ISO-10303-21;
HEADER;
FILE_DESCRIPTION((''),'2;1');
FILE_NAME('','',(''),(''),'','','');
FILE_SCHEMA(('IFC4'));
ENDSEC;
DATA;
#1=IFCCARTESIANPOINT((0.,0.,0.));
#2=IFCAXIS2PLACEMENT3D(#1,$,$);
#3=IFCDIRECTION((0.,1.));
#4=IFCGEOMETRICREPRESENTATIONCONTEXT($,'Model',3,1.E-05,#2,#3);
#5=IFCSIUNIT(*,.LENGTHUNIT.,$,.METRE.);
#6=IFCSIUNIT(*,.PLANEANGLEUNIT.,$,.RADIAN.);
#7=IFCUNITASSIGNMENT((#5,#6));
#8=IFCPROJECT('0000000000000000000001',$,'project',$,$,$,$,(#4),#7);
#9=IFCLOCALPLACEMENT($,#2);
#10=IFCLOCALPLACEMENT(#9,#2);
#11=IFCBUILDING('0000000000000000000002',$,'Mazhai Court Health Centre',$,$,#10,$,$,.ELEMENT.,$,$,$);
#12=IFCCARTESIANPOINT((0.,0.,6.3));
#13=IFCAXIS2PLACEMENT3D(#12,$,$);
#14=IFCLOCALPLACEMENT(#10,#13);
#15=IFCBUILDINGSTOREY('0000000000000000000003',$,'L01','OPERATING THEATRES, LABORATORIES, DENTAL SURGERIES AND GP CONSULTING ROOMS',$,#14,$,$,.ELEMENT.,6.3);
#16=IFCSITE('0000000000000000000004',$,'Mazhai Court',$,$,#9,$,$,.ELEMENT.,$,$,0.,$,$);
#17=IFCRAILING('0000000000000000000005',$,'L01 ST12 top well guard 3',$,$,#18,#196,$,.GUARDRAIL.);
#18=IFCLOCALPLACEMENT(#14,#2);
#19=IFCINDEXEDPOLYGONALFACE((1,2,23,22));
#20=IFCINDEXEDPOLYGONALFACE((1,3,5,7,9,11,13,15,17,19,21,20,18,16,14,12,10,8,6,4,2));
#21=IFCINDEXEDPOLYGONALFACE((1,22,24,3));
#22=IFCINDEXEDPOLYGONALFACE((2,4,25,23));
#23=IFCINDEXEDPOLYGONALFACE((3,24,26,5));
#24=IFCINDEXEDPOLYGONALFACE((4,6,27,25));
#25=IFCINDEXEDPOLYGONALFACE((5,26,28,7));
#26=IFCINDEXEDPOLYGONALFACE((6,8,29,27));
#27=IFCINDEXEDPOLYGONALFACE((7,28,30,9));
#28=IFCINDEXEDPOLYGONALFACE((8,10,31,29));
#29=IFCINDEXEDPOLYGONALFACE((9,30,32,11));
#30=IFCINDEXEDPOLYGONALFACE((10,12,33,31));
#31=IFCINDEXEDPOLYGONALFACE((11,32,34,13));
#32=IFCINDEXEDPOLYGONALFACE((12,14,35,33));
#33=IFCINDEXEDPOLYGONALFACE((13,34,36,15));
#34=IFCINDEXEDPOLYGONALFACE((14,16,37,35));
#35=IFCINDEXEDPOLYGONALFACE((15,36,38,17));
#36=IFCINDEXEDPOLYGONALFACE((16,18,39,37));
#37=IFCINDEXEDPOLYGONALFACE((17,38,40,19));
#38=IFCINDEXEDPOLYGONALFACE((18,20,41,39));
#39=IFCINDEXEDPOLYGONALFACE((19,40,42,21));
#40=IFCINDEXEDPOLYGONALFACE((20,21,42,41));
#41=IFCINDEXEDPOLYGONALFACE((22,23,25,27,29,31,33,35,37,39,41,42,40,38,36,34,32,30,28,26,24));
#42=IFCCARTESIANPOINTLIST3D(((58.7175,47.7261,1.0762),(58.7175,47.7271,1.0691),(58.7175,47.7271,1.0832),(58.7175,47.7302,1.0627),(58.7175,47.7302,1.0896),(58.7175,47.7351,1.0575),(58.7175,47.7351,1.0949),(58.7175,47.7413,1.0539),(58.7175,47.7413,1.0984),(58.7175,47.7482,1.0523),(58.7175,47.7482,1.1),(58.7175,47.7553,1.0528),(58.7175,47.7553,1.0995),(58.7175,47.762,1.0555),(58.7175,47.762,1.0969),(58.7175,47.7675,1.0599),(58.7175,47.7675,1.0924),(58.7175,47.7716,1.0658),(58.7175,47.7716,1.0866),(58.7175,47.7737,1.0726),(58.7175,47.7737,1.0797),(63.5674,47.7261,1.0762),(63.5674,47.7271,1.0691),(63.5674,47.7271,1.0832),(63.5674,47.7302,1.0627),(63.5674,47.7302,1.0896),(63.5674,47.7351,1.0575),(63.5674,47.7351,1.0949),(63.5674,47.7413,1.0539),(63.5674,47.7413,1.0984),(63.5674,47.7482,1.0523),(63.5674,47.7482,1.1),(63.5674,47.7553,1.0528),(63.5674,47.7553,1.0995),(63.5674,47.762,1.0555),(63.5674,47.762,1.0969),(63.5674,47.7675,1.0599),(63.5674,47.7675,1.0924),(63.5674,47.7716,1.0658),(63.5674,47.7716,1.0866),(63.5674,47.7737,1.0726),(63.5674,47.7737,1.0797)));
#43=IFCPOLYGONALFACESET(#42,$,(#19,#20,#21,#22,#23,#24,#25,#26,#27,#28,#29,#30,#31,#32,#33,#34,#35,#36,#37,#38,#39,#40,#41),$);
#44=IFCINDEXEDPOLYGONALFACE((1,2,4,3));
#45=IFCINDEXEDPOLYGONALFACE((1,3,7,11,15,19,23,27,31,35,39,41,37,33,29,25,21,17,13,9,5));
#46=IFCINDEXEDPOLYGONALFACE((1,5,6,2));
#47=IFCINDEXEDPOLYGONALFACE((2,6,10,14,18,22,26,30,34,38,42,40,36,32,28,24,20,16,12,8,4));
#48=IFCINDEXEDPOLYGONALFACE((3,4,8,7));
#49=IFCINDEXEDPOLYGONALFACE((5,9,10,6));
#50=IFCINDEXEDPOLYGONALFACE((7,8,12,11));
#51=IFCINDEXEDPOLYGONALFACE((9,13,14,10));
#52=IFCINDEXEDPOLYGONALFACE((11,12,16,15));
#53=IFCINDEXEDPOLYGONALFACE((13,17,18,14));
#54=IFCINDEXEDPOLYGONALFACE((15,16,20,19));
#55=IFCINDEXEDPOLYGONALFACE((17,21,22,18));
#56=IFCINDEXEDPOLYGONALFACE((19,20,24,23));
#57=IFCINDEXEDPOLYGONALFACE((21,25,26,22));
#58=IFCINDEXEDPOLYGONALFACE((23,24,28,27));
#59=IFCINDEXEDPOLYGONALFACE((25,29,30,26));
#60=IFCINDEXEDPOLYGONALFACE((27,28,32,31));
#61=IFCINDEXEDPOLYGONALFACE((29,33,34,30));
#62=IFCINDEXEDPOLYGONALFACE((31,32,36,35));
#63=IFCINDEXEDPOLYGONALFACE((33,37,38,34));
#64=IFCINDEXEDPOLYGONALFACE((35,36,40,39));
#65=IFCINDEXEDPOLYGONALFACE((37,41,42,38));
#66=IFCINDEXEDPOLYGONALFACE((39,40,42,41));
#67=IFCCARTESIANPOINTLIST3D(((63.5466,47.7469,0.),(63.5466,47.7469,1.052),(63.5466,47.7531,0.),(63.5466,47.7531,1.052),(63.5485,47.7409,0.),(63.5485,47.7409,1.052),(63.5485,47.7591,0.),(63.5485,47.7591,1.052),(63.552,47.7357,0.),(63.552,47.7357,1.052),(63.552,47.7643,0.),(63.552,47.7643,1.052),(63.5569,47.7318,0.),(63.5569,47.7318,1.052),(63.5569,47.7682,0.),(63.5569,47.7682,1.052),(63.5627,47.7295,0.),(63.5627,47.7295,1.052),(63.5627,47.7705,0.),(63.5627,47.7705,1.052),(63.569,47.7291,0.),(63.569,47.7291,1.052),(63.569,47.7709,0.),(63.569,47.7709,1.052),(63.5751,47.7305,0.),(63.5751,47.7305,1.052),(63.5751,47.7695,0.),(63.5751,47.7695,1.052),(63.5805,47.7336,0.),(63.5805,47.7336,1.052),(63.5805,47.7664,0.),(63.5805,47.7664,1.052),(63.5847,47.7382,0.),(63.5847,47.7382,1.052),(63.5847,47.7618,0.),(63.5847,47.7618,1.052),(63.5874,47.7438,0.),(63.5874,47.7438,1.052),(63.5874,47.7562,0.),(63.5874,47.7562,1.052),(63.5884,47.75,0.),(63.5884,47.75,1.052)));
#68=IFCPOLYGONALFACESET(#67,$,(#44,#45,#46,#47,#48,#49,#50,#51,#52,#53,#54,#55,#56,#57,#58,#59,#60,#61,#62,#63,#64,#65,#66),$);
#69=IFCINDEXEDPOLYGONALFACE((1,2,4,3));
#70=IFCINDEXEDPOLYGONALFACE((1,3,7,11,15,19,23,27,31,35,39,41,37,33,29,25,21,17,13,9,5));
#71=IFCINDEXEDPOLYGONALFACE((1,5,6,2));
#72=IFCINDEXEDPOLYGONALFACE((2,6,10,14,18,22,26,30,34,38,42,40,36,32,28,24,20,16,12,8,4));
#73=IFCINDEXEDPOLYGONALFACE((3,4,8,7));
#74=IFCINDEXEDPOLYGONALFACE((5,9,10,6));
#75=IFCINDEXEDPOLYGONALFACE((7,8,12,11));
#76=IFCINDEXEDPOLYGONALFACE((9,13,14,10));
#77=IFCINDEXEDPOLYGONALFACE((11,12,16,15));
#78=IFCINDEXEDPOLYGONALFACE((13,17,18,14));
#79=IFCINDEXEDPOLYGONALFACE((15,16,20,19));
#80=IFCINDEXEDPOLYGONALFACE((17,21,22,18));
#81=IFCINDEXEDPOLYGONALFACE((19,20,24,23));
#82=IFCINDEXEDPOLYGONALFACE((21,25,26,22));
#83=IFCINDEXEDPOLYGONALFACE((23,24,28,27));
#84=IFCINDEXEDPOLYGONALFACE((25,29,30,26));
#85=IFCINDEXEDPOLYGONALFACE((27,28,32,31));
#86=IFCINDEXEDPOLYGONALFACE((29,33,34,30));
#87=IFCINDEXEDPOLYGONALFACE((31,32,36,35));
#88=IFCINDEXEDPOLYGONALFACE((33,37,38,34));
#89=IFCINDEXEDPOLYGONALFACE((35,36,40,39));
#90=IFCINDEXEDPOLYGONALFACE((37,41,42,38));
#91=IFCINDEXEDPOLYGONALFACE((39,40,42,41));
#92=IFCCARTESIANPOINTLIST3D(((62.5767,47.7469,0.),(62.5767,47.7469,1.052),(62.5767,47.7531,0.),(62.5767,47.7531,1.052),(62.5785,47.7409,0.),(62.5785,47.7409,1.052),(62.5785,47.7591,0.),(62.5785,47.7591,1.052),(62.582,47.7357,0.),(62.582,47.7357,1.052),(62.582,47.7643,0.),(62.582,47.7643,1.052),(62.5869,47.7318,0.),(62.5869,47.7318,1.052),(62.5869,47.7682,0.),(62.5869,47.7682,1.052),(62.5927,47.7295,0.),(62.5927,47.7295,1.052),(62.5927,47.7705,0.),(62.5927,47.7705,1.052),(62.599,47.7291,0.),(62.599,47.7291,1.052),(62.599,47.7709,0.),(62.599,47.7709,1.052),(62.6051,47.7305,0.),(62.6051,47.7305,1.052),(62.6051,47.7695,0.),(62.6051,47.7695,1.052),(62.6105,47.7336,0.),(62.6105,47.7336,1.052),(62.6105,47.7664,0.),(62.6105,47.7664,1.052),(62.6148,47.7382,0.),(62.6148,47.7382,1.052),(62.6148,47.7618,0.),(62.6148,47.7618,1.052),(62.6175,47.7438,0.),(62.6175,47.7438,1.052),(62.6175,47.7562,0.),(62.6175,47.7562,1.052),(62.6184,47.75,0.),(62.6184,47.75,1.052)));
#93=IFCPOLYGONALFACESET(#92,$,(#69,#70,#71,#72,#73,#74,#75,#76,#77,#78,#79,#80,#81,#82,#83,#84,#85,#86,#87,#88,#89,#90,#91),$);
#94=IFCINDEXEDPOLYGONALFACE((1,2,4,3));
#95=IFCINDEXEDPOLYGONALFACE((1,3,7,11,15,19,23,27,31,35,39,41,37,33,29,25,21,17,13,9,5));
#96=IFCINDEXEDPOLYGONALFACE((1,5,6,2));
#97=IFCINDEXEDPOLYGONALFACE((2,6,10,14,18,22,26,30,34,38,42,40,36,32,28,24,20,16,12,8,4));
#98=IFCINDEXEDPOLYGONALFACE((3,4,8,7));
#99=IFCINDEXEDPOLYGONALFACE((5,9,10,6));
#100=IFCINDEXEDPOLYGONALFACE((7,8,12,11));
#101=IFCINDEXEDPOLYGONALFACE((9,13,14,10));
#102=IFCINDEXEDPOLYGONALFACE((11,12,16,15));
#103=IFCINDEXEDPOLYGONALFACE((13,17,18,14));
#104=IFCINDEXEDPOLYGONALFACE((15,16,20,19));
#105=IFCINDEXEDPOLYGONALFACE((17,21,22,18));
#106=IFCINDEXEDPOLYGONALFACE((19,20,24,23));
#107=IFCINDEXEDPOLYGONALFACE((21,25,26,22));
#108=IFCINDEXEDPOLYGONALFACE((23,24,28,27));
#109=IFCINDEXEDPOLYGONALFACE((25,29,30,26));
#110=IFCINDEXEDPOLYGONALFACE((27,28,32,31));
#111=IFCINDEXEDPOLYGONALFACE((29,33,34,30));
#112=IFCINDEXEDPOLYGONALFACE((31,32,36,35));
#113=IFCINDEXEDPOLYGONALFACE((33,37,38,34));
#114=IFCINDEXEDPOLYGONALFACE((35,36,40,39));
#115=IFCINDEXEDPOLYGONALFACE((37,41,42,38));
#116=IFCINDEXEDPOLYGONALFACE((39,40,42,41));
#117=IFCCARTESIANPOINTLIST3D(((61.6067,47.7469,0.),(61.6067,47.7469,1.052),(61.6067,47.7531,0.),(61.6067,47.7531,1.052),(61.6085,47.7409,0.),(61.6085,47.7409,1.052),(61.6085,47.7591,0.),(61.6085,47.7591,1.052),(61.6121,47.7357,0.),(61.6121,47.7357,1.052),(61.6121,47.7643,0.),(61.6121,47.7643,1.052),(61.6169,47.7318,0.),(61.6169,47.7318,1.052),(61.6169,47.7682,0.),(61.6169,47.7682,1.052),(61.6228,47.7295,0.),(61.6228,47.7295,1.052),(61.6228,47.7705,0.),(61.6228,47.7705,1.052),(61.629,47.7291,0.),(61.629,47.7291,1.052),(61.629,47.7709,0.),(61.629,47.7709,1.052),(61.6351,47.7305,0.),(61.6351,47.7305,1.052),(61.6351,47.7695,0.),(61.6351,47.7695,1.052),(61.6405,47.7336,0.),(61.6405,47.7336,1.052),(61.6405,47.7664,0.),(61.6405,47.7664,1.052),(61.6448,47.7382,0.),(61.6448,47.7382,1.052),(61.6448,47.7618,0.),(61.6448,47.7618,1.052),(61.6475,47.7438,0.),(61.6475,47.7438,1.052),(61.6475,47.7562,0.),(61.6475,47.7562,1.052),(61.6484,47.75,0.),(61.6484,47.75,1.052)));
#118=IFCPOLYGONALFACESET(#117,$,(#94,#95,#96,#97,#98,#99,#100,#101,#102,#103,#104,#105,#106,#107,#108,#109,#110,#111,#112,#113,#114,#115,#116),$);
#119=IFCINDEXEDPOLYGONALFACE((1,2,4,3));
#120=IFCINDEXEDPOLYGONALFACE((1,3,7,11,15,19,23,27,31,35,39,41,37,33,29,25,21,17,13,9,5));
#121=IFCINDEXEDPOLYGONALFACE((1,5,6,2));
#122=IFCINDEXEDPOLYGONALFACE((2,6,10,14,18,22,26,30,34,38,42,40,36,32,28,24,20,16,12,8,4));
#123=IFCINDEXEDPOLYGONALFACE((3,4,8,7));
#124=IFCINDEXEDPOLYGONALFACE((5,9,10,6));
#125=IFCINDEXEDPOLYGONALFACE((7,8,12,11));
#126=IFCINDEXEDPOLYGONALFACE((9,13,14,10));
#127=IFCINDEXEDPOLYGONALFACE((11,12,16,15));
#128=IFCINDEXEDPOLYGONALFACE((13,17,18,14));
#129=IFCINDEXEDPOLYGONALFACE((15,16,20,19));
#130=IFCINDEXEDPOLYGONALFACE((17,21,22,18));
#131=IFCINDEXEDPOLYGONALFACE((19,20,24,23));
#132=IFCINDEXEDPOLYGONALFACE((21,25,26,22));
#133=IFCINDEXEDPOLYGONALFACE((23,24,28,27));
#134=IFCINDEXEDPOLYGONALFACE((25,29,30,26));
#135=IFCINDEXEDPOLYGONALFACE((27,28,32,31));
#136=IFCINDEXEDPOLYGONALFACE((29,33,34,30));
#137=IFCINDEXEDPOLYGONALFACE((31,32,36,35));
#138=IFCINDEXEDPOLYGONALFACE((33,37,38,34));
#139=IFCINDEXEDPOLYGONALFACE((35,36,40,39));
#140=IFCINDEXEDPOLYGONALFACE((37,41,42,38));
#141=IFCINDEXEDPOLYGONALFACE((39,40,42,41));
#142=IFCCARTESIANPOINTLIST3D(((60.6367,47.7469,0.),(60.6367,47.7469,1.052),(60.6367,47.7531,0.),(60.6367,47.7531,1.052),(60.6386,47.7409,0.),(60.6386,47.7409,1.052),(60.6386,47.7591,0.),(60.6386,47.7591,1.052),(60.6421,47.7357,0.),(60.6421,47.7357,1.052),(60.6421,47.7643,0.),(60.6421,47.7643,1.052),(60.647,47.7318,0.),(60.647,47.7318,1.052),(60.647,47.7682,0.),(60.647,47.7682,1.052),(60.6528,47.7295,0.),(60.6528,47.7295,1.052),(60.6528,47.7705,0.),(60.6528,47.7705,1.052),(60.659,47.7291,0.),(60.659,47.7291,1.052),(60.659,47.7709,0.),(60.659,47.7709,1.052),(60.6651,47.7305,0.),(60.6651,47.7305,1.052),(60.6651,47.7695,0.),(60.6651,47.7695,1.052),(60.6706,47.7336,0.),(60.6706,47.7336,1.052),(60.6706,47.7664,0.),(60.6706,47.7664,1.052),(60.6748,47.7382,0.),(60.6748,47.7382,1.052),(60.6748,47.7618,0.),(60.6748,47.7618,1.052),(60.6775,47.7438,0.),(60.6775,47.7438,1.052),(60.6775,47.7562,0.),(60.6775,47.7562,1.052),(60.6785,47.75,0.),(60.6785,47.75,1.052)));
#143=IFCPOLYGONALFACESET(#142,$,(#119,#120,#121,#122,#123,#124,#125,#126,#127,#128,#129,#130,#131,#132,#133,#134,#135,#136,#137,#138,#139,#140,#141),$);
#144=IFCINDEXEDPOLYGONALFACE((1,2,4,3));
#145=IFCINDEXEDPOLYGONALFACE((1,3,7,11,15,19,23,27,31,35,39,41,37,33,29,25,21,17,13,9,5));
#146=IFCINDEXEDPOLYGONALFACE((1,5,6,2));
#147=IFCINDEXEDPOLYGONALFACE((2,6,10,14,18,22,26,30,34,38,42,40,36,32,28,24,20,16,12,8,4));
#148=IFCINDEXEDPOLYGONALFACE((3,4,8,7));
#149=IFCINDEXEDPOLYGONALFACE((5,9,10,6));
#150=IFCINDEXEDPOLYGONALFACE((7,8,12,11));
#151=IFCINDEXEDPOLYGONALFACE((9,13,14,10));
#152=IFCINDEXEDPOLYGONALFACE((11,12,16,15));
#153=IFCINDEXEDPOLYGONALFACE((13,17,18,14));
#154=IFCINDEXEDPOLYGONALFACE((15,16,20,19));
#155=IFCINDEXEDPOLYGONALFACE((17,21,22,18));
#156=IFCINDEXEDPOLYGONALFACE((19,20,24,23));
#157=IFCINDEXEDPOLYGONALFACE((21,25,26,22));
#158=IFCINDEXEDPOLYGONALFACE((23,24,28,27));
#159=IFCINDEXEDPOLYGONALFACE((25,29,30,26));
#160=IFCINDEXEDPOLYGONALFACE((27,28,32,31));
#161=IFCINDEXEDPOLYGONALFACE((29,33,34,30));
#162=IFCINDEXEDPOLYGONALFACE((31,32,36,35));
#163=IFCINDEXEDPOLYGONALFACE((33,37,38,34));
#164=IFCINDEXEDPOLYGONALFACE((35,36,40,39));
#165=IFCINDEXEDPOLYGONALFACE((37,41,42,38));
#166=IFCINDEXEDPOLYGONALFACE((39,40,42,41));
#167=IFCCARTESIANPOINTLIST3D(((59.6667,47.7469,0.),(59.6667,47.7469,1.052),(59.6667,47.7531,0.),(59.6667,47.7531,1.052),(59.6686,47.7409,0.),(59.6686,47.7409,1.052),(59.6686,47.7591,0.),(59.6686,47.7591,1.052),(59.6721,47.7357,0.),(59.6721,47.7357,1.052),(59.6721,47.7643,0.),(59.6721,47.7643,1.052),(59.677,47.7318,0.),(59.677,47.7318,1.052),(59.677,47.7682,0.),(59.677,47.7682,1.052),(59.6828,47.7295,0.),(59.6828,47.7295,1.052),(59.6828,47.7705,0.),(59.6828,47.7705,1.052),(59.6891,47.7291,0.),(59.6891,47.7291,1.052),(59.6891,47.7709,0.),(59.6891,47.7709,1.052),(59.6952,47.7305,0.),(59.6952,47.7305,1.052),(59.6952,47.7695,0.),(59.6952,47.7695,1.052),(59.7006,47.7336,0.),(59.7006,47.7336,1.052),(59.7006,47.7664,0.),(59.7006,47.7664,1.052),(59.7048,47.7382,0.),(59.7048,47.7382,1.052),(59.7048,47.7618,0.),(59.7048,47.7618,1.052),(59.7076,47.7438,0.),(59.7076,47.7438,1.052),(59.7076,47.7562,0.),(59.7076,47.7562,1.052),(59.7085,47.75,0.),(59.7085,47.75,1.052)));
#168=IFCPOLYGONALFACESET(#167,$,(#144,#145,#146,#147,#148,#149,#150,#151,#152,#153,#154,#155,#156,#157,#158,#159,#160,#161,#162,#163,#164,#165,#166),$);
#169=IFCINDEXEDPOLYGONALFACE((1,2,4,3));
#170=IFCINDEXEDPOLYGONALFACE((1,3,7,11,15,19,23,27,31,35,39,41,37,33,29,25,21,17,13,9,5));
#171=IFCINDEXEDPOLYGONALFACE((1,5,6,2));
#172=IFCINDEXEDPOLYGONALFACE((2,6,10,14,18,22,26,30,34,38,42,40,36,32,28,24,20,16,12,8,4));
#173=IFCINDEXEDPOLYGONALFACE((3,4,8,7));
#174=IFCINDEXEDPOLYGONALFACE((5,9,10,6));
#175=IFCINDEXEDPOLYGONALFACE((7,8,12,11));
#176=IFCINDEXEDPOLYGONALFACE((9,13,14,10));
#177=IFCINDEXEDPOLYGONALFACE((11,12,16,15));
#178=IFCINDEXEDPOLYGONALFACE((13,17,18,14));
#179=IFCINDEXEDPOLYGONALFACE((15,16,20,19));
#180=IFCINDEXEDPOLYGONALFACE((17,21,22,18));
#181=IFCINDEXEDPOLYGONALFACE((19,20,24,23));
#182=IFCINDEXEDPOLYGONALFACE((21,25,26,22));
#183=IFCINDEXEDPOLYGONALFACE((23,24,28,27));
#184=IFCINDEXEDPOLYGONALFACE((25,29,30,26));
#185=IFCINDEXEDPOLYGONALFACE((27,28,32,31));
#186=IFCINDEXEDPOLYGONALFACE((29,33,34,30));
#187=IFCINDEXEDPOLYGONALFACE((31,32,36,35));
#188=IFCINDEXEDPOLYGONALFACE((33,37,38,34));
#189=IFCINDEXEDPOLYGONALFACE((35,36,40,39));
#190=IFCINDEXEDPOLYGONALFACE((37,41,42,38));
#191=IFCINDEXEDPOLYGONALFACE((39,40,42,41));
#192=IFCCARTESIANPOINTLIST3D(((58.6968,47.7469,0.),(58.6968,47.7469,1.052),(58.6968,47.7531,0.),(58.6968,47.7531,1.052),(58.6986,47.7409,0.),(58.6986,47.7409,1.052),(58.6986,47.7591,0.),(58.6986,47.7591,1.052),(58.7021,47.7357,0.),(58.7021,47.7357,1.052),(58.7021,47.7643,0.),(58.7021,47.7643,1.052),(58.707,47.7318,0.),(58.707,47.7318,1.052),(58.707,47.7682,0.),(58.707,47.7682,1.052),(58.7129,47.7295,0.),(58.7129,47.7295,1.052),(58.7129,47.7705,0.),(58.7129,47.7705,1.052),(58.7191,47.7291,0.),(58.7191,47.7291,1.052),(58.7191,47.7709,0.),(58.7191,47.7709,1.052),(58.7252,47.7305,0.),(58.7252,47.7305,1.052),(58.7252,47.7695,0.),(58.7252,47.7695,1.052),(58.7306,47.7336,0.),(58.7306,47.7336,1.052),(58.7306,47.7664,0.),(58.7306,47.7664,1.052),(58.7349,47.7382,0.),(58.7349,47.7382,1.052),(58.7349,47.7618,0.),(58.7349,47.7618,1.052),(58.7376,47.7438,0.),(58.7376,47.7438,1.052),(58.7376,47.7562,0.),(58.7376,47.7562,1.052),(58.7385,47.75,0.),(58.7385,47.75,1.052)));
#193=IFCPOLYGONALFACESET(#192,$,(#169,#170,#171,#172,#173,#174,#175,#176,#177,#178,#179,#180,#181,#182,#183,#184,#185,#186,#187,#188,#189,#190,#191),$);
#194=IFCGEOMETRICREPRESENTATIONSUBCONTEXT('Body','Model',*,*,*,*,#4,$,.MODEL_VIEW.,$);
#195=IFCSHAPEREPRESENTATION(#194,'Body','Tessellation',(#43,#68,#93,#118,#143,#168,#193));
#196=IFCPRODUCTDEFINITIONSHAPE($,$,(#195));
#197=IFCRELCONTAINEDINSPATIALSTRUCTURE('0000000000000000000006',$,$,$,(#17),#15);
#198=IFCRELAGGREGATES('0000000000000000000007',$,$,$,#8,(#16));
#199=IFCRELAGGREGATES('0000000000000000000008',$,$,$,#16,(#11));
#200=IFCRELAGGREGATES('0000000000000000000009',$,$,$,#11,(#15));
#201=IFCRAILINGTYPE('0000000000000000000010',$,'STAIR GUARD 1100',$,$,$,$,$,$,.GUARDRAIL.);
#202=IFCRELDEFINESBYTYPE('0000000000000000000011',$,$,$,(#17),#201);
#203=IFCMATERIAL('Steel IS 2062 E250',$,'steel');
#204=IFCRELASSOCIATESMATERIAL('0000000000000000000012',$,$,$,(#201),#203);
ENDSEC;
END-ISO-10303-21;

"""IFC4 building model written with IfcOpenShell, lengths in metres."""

from ifc_helpers import new_model, si_unit, direction, frame, origin, origin_2d, place, context, subcontext, project, spatial, circle, extrude, material, type_object, element, save


model = new_model("IFC4")

# Units and contexts
model_context = context("Model", 3, precision=1e-05, world=origin(), true_north=direction((0.0, 1.0)))
body_context = subcontext(model_context, "Body", "Model", "MODEL_VIEW")
ifc_project = project(units=[si_unit("LENGTHUNIT", "METRE"), si_unit("PLANEANGLEUNIT", "RADIAN")], contexts=[model_context])

# Site, building, storey
site_placement = place(None, origin())
site = spatial("IfcSite", under=ifc_project, at=site_placement, Name="Mazhai Court", CompositionType="ELEMENT", RefElevation=0.0)
building_placement = place(site_placement, origin())
building = spatial("IfcBuilding", under=site, at=building_placement, Name="Mazhai Court Health Centre", CompositionType="ELEMENT")
storey_placement = place(building_placement, frame((0.0, 0.0, 6.3)))
storey = spatial("IfcBuildingStorey", under=building, at=storey_placement, Name="L01", Description="OPERATING THEATRES, LABORATORIES, DENTAL SURGERIES AND GP CONSULTING ROOMS", CompositionType="ELEMENT", Elevation=6.3)

# Railing
ifc_material_1 = material(Name="Steel IS 2062 E250", Category="steel")
railing_type = type_object("IfcRailingType", Name="STAIR GUARD 1100", PredefinedType="GUARDRAIL", material=ifc_material_1)
railing_1_placement = place(storey_placement, frame((63.5674, 47.75, 0.0)))
element("IfcRailing", 1, at=railing_1_placement, inside=storey, type_object=railing_type, Name="L01 ST12 top well guard 3", PredefinedType="GUARDRAIL", context=body_context, shape_type="SweptSolid", body=[
    extrude(circle(Radius=0.0239, at=origin_2d()), frame((0.0, 0.0, 1.0762), z_axis=(-1.0, 0.0, 0.0), x_axis=(0.0, -1.0, 0.0)), (0.0, 0.0, 1.0), 4.8499),
    extrude(circle(Radius=0.021, at=origin_2d()), origin(), (0.0, 0.0, 1.0), 1.052),
    extrude(circle(Radius=0.021, at=origin_2d()), frame((-0.97, 0.0, 0.0)), (0.0, 0.0, 1.0), 1.052),
    extrude(circle(Radius=0.021, at=origin_2d()), frame((-1.9399, 0.0, 0.0)), (0.0, 0.0, 1.0), 1.052),
    extrude(circle(Radius=0.021, at=origin_2d()), frame((-2.9099, 0.0, 0.0)), (0.0, 0.0, 1.0), 1.052),
    extrude(circle(Radius=0.021, at=origin_2d()), frame((-3.8799, 0.0, 0.0)), (0.0, 0.0, 1.0), 1.052),
    extrude(circle(Radius=0.021, at=origin_2d()), frame((-4.8499, 0.0, 0.0)), (0.0, 0.0, 1.0), 1.052),
])

save(model, "model.ifc")
